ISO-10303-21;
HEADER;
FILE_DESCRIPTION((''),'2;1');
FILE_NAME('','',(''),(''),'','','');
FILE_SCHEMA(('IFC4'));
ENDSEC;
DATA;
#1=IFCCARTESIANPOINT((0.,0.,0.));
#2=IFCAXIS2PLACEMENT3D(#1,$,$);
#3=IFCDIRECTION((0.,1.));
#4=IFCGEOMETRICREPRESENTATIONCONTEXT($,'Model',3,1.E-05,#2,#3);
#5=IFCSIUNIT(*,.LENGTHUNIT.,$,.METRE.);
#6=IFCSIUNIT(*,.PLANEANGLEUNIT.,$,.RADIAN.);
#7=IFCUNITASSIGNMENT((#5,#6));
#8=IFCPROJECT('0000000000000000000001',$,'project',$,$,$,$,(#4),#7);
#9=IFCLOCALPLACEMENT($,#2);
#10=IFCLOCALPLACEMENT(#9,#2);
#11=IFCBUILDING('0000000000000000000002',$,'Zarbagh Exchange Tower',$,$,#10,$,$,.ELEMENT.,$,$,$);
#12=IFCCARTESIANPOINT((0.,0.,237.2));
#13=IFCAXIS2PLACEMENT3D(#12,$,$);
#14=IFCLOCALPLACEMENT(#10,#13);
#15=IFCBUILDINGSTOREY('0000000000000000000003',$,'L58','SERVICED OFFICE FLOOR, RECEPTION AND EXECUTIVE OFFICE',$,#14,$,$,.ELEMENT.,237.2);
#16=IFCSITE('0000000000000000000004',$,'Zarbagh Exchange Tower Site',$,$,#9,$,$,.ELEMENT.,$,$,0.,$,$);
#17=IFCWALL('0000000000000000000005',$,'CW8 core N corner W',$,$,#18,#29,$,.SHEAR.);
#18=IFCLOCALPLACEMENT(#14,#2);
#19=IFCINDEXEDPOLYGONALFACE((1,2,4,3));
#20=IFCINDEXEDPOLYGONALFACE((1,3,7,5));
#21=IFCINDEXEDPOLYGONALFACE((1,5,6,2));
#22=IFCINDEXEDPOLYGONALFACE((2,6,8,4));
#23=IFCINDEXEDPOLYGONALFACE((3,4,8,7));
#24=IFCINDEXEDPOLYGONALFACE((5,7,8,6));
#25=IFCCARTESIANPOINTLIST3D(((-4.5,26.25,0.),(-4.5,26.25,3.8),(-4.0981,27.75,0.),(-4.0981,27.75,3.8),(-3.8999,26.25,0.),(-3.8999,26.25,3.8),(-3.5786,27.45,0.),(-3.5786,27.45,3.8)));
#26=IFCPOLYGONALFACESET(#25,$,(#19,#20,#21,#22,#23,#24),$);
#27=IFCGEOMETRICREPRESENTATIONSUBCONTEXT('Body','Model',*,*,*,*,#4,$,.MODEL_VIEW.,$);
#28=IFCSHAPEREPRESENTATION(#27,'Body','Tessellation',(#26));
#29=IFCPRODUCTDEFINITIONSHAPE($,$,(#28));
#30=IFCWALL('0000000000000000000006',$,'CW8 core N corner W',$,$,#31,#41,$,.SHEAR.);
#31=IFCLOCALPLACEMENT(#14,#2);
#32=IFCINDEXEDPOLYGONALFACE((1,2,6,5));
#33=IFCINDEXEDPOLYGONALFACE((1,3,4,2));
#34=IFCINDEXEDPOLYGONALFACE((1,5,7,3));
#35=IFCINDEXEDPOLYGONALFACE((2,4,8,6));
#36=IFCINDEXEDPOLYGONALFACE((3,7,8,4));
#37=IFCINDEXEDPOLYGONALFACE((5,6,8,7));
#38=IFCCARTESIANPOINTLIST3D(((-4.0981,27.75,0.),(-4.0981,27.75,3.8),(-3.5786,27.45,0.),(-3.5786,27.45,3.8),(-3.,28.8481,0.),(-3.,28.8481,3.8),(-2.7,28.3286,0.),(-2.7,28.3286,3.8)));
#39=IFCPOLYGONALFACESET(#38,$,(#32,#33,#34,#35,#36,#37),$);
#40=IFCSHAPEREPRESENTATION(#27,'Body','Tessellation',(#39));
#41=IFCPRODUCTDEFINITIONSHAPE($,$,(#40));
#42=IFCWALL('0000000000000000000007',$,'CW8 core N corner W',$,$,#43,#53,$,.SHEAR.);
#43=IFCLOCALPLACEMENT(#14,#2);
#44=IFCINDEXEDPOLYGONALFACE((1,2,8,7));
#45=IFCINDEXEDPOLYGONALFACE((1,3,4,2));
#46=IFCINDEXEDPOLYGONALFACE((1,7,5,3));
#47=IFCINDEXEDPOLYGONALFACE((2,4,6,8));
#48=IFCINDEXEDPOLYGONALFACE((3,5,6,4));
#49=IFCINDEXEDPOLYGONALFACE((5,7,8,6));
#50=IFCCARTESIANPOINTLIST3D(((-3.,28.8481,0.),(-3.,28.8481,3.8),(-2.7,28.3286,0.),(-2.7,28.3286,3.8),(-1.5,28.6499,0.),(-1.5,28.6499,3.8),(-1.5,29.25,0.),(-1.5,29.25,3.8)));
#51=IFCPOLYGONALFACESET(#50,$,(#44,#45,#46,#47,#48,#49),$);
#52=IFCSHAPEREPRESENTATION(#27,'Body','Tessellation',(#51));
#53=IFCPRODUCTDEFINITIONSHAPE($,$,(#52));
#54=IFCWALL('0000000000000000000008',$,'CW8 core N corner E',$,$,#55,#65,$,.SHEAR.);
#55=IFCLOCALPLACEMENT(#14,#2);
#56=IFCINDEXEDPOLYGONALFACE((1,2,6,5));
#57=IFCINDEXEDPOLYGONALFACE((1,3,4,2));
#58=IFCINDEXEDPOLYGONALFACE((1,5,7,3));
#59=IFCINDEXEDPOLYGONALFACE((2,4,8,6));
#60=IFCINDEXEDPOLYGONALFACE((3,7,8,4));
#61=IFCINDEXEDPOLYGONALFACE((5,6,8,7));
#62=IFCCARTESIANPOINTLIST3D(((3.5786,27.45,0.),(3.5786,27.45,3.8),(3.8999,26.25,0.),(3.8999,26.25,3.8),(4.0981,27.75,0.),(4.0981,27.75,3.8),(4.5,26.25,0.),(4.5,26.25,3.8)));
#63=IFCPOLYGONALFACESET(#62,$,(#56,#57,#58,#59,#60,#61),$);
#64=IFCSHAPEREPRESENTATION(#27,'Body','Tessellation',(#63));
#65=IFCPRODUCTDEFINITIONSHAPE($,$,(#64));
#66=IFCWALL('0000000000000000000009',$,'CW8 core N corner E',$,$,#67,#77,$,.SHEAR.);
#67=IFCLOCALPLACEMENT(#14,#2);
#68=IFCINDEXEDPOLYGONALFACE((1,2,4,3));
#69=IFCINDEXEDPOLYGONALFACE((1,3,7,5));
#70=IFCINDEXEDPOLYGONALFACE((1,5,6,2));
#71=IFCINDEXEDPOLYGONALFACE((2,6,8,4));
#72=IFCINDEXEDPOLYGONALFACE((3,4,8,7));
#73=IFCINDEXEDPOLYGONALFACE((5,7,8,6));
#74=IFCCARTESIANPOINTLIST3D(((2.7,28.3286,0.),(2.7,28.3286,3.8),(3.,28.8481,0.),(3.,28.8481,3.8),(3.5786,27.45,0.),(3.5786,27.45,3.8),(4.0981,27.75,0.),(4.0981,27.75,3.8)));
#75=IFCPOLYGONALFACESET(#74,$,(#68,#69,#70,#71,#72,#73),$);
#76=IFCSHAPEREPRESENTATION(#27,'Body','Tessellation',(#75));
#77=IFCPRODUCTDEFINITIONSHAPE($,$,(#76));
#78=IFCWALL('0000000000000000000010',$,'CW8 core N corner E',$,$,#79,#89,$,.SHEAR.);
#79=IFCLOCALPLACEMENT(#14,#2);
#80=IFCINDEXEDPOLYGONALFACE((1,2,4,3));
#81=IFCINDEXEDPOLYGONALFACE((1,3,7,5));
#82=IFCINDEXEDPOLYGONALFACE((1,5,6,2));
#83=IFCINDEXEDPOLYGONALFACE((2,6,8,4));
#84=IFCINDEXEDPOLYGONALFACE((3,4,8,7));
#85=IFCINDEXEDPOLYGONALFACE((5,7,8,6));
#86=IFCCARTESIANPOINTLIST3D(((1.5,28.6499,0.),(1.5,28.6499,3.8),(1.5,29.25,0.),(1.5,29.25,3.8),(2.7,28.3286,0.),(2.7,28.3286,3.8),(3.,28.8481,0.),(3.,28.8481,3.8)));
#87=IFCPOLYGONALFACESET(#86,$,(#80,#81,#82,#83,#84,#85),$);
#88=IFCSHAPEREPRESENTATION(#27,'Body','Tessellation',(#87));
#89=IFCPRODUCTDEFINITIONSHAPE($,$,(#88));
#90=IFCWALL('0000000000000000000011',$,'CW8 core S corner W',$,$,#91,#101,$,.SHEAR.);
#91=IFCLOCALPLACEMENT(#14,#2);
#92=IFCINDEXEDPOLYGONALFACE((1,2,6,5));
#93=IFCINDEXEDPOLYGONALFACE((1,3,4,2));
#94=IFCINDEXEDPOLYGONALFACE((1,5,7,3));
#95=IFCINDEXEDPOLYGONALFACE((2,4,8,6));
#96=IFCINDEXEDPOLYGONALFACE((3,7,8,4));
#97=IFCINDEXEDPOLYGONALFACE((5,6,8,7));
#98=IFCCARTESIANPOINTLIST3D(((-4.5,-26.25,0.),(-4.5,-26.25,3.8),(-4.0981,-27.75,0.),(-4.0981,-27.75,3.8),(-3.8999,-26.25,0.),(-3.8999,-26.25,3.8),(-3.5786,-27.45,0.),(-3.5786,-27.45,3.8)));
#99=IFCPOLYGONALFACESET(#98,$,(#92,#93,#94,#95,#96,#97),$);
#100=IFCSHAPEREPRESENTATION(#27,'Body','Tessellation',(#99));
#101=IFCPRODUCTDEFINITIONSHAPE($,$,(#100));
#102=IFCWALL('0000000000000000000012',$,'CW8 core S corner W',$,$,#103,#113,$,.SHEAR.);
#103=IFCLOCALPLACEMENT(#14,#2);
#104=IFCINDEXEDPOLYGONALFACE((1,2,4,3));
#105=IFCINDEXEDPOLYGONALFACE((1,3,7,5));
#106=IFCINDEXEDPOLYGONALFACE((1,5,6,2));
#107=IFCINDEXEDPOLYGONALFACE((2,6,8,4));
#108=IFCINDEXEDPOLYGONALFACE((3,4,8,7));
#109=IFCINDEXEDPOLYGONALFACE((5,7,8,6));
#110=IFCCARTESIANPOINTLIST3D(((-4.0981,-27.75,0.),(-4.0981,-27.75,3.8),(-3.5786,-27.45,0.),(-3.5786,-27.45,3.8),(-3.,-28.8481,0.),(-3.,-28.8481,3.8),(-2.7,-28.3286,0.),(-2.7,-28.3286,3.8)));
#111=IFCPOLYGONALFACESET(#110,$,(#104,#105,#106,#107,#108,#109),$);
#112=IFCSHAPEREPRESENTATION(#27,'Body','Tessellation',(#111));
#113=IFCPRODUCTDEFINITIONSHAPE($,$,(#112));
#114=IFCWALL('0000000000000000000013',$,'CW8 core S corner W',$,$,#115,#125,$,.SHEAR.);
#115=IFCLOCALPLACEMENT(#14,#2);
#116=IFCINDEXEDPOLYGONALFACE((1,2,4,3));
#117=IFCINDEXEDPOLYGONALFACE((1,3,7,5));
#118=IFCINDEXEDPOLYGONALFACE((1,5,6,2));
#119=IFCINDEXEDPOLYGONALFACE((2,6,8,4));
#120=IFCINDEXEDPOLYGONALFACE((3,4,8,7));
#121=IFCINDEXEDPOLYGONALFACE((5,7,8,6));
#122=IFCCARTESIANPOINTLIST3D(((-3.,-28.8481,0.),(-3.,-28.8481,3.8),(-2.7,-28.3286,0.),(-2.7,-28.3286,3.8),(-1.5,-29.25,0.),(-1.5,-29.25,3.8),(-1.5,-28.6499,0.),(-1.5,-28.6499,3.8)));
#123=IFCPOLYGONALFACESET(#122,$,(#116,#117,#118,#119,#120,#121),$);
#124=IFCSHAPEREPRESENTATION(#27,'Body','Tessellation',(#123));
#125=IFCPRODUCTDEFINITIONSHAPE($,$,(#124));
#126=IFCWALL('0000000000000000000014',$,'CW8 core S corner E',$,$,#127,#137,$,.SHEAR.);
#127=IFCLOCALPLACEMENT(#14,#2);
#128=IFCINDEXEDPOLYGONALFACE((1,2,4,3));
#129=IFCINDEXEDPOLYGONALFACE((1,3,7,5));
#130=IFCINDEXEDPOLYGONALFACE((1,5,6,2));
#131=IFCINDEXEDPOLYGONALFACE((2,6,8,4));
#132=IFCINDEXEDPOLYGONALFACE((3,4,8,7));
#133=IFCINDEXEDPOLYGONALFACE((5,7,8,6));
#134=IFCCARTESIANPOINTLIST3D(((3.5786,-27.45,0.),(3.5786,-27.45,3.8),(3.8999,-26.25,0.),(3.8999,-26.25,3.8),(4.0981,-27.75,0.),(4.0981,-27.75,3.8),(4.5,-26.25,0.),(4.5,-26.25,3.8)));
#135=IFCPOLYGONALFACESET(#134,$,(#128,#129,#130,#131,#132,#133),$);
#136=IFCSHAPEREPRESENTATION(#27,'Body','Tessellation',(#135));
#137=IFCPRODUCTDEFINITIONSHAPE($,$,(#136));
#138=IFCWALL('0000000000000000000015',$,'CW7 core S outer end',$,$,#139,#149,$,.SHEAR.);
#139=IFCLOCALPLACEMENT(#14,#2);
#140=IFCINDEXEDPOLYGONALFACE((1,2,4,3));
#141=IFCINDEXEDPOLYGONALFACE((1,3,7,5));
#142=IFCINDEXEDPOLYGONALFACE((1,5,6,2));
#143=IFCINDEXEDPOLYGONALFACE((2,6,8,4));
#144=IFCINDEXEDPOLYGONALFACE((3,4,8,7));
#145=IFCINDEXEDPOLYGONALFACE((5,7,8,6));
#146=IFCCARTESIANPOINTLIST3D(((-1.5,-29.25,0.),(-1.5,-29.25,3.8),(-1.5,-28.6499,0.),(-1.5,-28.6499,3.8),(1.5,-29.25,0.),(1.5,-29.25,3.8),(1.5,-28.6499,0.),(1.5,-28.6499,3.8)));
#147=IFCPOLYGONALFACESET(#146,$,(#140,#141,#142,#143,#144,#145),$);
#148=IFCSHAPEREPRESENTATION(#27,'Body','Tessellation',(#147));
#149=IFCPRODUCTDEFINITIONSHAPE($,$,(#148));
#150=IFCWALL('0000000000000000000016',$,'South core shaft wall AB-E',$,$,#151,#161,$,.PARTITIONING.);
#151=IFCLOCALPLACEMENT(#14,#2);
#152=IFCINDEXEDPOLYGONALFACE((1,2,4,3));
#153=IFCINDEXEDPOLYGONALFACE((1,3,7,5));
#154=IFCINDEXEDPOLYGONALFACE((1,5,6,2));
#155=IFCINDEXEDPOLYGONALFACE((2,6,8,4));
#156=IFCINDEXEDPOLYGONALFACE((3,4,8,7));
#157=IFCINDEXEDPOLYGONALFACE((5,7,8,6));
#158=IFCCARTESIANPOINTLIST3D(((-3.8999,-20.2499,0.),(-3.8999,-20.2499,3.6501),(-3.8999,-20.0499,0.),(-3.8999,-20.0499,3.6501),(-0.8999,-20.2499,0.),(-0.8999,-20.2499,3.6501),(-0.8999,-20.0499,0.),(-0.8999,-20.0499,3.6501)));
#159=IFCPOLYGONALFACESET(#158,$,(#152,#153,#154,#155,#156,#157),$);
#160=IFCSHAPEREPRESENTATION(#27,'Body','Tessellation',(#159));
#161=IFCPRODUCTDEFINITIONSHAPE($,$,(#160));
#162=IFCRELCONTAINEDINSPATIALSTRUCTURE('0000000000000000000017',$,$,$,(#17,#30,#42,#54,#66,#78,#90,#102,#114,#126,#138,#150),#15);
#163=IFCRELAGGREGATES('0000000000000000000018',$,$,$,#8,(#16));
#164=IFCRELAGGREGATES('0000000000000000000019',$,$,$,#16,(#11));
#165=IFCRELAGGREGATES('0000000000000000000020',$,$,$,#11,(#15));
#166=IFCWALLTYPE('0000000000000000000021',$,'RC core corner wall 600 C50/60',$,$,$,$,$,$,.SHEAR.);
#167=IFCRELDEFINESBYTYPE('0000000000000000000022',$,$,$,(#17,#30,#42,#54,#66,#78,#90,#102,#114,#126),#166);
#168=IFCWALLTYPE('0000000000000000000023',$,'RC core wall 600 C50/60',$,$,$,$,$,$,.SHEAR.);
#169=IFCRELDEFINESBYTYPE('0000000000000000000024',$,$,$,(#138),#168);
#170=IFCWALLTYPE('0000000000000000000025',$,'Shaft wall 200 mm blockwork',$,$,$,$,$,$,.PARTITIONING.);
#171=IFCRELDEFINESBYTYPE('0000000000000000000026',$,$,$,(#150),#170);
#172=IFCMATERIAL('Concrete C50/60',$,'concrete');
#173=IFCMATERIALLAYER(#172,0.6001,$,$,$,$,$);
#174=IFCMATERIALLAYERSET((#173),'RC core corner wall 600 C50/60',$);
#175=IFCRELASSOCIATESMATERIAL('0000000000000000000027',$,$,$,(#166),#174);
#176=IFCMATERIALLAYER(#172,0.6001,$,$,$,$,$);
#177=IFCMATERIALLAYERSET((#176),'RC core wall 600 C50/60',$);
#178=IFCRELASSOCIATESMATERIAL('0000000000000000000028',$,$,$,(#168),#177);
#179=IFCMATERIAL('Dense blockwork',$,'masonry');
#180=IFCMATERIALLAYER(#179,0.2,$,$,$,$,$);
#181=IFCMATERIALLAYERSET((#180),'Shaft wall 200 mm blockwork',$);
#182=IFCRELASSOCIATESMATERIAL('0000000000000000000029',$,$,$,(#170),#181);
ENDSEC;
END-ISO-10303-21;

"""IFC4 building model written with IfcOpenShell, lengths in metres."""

from ifc_helpers import new_model, si_unit, direction, frame, frame_2d, origin, place, context, subcontext, project, spatial, polyline, rectangle, outline, extrude, material, layer, layer_set, type_object, element, save


model = new_model("IFC4")

# Units and contexts
model_context = context("Model", 3, precision=1e-05, world=origin(), true_north=direction((0.0, 1.0)))
body_context = subcontext(model_context, "Body", "Model", "MODEL_VIEW")
ifc_project = project(units=[si_unit("LENGTHUNIT", "METRE"), si_unit("PLANEANGLEUNIT", "RADIAN")], contexts=[model_context])

# Site, building, storey
site_placement = place(None, origin())
site = spatial("IfcSite", under=ifc_project, at=site_placement, Name="Zarbagh Exchange Tower Site", CompositionType="ELEMENT", RefElevation=0.0)
building_placement = place(site_placement, origin())
building = spatial("IfcBuilding", under=site, at=building_placement, Name="Zarbagh Exchange Tower", CompositionType="ELEMENT")
storey_placement = place(building_placement, frame((0.0, 0.0, 237.2)))
storey = spatial("IfcBuildingStorey", under=building, at=storey_placement, Name="L58", Description="SERVICED OFFICE FLOOR, RECEPTION AND EXECUTIVE OFFICE", CompositionType="ELEMENT", Elevation=237.2)

# Shared definitions
ifc_material_1 = material(Name="Dense blockwork", Category="masonry")

# Walls
ifc_material_2 = material(Name="Concrete C50/60", Category="concrete")
ifc_layer_1 = layer(ifc_material_2, 0.6001)
ifc_layer_set_1 = layer_set([ifc_layer_1], Name="RC core corner wall 600 C50/60")
wall_type_1 = type_object("IfcWallType", Name="RC core corner wall 600 C50/60", PredefinedType="SHEAR", material=ifc_layer_set_1)
wall_1_placement = place(storey_placement, origin())
element("IfcWall", 1, at=wall_1_placement, inside=storey, type_object=wall_type_1, Name="CW8 core N corner W", PredefinedType="SHEAR", context=body_context, shape_type="SweptSolid", body=[
    extrude(outline(polyline([(-4.5, 26.25), (-4.0981, 27.75), (-3.5786, 27.45), (-3.8999, 26.25), (-4.5, 26.25)])), origin(), (0.0, 0.0, 1.0), 3.8),
])
wall_2_placement = place(storey_placement, origin())
element("IfcWall", 2, at=wall_2_placement, inside=storey, type_object=wall_type_1, Name="CW8 core N corner W", PredefinedType="SHEAR", context=body_context, shape_type="SweptSolid", body=[
    extrude(outline(polyline([(-4.0981, 27.75), (-3.0, 28.8481), (-2.7, 28.3286), (-3.5786, 27.45), (-4.0981, 27.75)])), origin(), (0.0, 0.0, 1.0), 3.8),
])
wall_3_placement = place(storey_placement, origin())
element("IfcWall", 3, at=wall_3_placement, inside=storey, type_object=wall_type_1, Name="CW8 core N corner W", PredefinedType="SHEAR", context=body_context, shape_type="SweptSolid", body=[
    extrude(outline(polyline([(-3.0, 28.8481), (-1.5, 29.25), (-1.5, 28.6499), (-2.7, 28.3286), (-3.0, 28.8481)])), origin(), (0.0, 0.0, 1.0), 3.8),
])
wall_4_placement = place(storey_placement, origin())
element("IfcWall", 4, at=wall_4_placement, inside=storey, type_object=wall_type_1, Name="CW8 core N corner E", PredefinedType="SHEAR", context=body_context, shape_type="SweptSolid", body=[
    extrude(outline(polyline([(4.5, 26.25), (4.0981, 27.75), (3.5786, 27.45), (3.8999, 26.25), (4.5, 26.25)])), origin(), (0.0, 0.0, 1.0), 3.8),
])
wall_5_placement = place(storey_placement, origin())
element("IfcWall", 5, at=wall_5_placement, inside=storey, type_object=wall_type_1, Name="CW8 core N corner E", PredefinedType="SHEAR", context=body_context, shape_type="SweptSolid", body=[
    extrude(outline(polyline([(4.0981, 27.75), (3.0, 28.8481), (2.7, 28.3286), (3.5786, 27.45), (4.0981, 27.75)])), origin(), (0.0, 0.0, 1.0), 3.8),
])
wall_6_placement = place(storey_placement, origin())
element("IfcWall", 6, at=wall_6_placement, inside=storey, type_object=wall_type_1, Name="CW8 core N corner E", PredefinedType="SHEAR", context=body_context, shape_type="SweptSolid", body=[
    extrude(outline(polyline([(3.0, 28.8481), (1.5, 29.25), (1.5, 28.6499), (2.7, 28.3286), (3.0, 28.8481)])), origin(), (0.0, 0.0, 1.0), 3.8),
])
wall_7_placement = place(storey_placement, origin())
element("IfcWall", 7, at=wall_7_placement, inside=storey, type_object=wall_type_1, Name="CW8 core S corner W", PredefinedType="SHEAR", context=body_context, shape_type="SweptSolid", body=[
    extrude(outline(polyline([(-4.5, -26.25), (-4.0981, -27.75), (-3.5786, -27.45), (-3.8999, -26.25), (-4.5, -26.25)])), origin(), (0.0, 0.0, 1.0), 3.8),
])
wall_8_placement = place(storey_placement, origin())
element("IfcWall", 8, at=wall_8_placement, inside=storey, type_object=wall_type_1, Name="CW8 core S corner W", PredefinedType="SHEAR", context=body_context, shape_type="SweptSolid", body=[
    extrude(outline(polyline([(-4.0981, -27.75), (-3.0, -28.8481), (-2.7, -28.3286), (-3.5786, -27.45), (-4.0981, -27.75)])), origin(), (0.0, 0.0, 1.0), 3.8),
])
wall_9_placement = place(storey_placement, origin())
element("IfcWall", 9, at=wall_9_placement, inside=storey, type_object=wall_type_1, Name="CW8 core S corner W", PredefinedType="SHEAR", context=body_context, shape_type="SweptSolid", body=[
    extrude(outline(polyline([(-3.0, -28.8481), (-1.5, -29.25), (-1.5, -28.6499), (-2.7, -28.3286), (-3.0, -28.8481)])), origin(), (0.0, 0.0, 1.0), 3.8),
])
wall_10_placement = place(storey_placement, origin())
element("IfcWall", 10, at=wall_10_placement, inside=storey, type_object=wall_type_1, Name="CW8 core S corner E", PredefinedType="SHEAR", context=body_context, shape_type="SweptSolid", body=[
    extrude(outline(polyline([(4.5, -26.25), (4.0981, -27.75), (3.5786, -27.45), (3.8999, -26.25), (4.5, -26.25)])), origin(), (0.0, 0.0, 1.0), 3.8),
])
ifc_layer_2 = layer(ifc_material_2, 0.6001)
ifc_layer_set_2 = layer_set([ifc_layer_2], Name="RC core wall 600 C50/60")
wall_type_2 = type_object("IfcWallType", Name="RC core wall 600 C50/60", PredefinedType="SHEAR", material=ifc_layer_set_2)
wall_11_placement = place(storey_placement, frame((-1.5, -28.95, 0.0), z_axis=(0.0, 0.0, 1.0), x_axis=(1.0, 0.0, 0.0)))
element("IfcWall", 11, at=wall_11_placement, inside=storey, type_object=wall_type_2, Name="CW7 core S outer end", PredefinedType="SHEAR", context=body_context, shape_type="SweptSolid", body=[
    extrude(rectangle(XDim=3.0, YDim=0.6001, at=frame_2d((1.5, 0.0))), origin(), (0.0, 0.0, 1.0), 3.8),
])
ifc_layer_3 = layer(ifc_material_1, 0.2)
ifc_layer_set_3 = layer_set([ifc_layer_3], Name="Shaft wall 200 mm blockwork")
wall_type_3 = type_object("IfcWallType", Name="Shaft wall 200 mm blockwork", PredefinedType="PARTITIONING", material=ifc_layer_set_3)
wall_12_placement = place(storey_placement, frame((-0.8999, -20.1499, 0.0), z_axis=(0.0, 0.0, 1.0), x_axis=(-1.0, 0.0, 0.0)))
element("IfcWall", 12, at=wall_12_placement, inside=storey, type_object=wall_type_3, Name="South core shaft wall AB-E", PredefinedType="PARTITIONING", context=body_context, shape_type="SweptSolid", body=[
    extrude(rectangle(XDim=3.0, YDim=0.2, at=frame_2d((1.5, 0.0))), origin(), (0.0, 0.0, 1.0), 3.6501),
])

save(model, "model.ifc")
